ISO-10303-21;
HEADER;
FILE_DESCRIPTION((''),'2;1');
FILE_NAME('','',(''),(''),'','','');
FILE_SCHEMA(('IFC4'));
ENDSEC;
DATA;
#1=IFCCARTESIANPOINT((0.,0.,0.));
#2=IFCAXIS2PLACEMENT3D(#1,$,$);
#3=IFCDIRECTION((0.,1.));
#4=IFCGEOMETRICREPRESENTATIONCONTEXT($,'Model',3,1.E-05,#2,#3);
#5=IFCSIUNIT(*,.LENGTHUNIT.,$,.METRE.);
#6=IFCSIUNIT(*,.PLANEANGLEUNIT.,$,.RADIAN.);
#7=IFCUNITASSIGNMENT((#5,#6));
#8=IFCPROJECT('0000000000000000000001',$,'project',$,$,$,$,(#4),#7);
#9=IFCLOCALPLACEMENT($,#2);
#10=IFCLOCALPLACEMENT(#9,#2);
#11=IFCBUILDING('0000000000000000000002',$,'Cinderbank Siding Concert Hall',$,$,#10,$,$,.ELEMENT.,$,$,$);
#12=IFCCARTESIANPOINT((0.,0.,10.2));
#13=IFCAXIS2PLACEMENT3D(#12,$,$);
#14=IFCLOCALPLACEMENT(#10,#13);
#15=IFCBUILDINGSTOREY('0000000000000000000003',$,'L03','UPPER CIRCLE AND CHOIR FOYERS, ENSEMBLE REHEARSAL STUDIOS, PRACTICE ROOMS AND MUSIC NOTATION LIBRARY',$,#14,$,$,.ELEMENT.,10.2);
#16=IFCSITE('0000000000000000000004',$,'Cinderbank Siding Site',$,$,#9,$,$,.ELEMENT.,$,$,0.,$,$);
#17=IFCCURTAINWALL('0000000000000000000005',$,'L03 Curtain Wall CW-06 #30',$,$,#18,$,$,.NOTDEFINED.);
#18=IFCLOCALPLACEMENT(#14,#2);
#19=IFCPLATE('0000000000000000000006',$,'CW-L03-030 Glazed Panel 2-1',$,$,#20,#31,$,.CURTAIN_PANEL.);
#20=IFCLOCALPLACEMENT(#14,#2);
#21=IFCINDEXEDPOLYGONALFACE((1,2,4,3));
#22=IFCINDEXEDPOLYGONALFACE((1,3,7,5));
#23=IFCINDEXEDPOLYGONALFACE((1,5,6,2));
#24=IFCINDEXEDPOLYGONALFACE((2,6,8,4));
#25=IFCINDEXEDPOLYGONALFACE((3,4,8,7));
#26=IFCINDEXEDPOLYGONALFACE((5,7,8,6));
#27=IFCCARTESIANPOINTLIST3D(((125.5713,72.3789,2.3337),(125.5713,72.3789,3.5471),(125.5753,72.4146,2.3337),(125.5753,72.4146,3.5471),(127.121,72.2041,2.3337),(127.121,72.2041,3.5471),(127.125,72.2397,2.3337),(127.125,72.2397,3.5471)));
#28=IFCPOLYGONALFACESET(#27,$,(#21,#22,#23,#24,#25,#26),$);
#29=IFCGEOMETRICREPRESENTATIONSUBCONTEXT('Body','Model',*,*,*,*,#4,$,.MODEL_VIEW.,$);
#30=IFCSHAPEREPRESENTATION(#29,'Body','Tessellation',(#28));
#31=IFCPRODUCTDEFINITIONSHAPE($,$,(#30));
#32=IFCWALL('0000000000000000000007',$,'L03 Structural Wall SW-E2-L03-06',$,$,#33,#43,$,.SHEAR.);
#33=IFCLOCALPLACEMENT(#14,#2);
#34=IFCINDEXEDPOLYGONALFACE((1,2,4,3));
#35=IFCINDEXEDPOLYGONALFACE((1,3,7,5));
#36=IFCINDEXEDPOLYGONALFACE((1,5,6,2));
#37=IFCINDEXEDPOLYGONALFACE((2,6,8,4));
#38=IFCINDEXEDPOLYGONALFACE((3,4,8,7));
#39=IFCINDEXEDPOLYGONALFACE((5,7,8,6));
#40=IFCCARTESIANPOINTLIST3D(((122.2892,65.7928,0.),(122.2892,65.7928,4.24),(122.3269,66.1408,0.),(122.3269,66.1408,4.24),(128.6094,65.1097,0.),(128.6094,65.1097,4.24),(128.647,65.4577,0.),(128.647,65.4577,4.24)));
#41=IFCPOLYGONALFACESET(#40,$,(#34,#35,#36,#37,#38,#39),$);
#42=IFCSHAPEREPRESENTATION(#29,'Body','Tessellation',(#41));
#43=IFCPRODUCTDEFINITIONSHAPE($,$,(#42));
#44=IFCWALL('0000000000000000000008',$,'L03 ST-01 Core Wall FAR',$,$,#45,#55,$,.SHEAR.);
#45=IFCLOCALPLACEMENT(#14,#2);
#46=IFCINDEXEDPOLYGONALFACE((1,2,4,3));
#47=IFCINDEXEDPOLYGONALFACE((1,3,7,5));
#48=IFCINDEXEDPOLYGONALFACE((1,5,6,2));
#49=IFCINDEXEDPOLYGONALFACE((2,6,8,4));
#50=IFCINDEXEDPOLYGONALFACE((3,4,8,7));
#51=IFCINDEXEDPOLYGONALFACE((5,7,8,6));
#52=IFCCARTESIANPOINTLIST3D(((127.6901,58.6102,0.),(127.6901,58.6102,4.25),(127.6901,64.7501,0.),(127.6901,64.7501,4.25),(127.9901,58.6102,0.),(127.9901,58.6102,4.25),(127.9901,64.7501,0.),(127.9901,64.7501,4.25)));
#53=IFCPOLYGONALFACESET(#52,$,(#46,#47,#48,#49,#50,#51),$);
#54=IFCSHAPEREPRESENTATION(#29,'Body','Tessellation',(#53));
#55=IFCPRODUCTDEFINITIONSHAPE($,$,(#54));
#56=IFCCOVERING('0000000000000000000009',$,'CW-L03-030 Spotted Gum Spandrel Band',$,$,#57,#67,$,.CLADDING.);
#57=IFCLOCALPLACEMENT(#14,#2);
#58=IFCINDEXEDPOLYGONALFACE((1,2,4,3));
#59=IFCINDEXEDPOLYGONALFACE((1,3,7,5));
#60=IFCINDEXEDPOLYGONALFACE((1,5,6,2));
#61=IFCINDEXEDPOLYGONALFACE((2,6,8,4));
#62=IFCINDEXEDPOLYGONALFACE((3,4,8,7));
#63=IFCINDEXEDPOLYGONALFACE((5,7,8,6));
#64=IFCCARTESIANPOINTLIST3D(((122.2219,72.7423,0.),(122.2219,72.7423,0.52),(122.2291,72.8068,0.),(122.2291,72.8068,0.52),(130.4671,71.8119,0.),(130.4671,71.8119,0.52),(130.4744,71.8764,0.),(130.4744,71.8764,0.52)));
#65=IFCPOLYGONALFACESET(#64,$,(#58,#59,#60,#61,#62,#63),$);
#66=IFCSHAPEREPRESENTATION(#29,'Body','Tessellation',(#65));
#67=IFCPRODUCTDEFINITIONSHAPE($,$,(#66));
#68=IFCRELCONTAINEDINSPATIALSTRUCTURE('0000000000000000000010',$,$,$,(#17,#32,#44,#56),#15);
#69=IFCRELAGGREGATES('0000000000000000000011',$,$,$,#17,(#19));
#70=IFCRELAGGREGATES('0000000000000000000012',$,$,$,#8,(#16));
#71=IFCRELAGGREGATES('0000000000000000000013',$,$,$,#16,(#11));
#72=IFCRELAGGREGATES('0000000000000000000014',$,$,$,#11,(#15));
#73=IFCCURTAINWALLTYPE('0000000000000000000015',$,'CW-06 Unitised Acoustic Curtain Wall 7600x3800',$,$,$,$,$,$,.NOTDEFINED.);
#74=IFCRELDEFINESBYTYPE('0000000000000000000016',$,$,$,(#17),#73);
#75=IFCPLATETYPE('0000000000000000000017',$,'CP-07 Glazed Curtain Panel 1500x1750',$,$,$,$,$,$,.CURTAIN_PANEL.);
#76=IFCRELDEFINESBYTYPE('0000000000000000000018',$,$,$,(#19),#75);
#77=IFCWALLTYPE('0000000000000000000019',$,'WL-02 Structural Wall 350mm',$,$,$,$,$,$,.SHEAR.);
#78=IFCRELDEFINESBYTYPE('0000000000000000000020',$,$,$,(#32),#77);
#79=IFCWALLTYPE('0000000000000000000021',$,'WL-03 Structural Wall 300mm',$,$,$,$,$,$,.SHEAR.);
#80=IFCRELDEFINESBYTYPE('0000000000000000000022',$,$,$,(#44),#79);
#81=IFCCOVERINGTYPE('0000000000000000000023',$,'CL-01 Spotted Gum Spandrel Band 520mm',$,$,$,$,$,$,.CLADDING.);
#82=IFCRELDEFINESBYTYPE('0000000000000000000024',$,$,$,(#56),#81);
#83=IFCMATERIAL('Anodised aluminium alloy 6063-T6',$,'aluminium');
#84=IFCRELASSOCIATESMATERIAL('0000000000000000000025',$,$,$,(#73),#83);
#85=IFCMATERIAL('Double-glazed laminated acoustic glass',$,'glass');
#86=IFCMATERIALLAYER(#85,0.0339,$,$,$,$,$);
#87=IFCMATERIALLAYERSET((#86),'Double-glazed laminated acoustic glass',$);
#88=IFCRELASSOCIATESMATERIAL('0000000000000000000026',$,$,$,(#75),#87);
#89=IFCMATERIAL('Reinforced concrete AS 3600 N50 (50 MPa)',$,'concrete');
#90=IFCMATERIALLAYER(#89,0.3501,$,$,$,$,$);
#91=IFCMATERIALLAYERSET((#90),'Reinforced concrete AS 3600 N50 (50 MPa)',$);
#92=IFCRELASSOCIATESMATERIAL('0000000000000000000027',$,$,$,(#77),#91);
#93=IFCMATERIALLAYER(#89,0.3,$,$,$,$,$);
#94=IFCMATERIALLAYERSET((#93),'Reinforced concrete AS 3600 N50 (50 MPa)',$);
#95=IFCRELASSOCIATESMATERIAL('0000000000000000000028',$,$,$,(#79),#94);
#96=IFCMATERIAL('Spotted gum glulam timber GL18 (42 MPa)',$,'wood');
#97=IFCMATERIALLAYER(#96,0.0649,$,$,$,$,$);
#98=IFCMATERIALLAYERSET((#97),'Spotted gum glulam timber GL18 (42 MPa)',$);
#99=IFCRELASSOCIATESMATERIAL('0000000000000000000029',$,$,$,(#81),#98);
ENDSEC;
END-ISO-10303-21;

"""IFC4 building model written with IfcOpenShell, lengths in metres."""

from ifc_helpers import new_model, si_unit, direction, frame, frame_2d, origin, origin_2d, place, context, subcontext, project, spatial, rectangle, extrude, material, layer, layer_set, type_object, element, aggregate, save


model = new_model("IFC4")

# Units and contexts
model_context = context("Model", 3, precision=1e-05, world=origin(), true_north=direction((0.0, 1.0)))
body_context = subcontext(model_context, "Body", "Model", "MODEL_VIEW")
ifc_project = project(units=[si_unit("LENGTHUNIT", "METRE"), si_unit("PLANEANGLEUNIT", "RADIAN")], contexts=[model_context])

# Site, building, storey
site_placement = place(None, origin())
site = spatial("IfcSite", under=ifc_project, at=site_placement, Name="Cinderbank Siding Site", CompositionType="ELEMENT", RefElevation=0.0)
building_placement = place(site_placement, origin())
building = spatial("IfcBuilding", under=site, at=building_placement, Name="Cinderbank Siding Concert Hall", CompositionType="ELEMENT")
storey_placement = place(building_placement, frame((0.0, 0.0, 10.2)))
storey = spatial("IfcBuildingStorey", under=building, at=storey_placement, Name="L03", Description="UPPER CIRCLE AND CHOIR FOYERS, ENSEMBLE REHEARSAL STUDIOS, PRACTICE ROOMS AND MUSIC NOTATION LIBRARY", CompositionType="ELEMENT", Elevation=10.2)

# Shared definitions
ifc_material_1 = material(Name="Reinforced concrete AS 3600 N50 (50 MPa)", Category="concrete")

# Curtain wall
ifc_material_2 = material(Name="Anodised aluminium alloy 6063-T6", Category="aluminium")
curtain_wall_type_1 = type_object("IfcCurtainWallType", Name="CW-06 Unitised Acoustic Curtain Wall 7600x3800", PredefinedType="NOTDEFINED", material=ifc_material_2)
curtain_wall_1_placement = place(storey_placement, origin())
curtain_wall_1 = element("IfcCurtainWall", 1, at=curtain_wall_1_placement, inside=storey, type_object=curtain_wall_type_1, Name="L03 Curtain Wall CW-06 #30", PredefinedType="NOTDEFINED")

# Shared definitions
ifc_material_3 = material(Name="Spotted gum glulam timber GL18 (42 MPa)", Category="wood")

# Plate
ifc_material_4 = material(Name="Double-glazed laminated acoustic glass", Category="glass")
ifc_layer_1 = layer(ifc_material_4, 0.0339)
ifc_layer_set_1 = layer_set([ifc_layer_1], Name="Double-glazed laminated acoustic glass")
plate_type_1 = type_object("IfcPlateType", Name="CP-07 Glazed Curtain Panel 1500x1750", PredefinedType="CURTAIN_PANEL", material=ifc_layer_set_1)
plate_1_placement = place(storey_placement, frame((126.3481, 72.3093, 2.3337), z_axis=(0.0, 0.0, 1.0), x_axis=(-0.993694, 0.112129, 0.0)))
plate_1 = element("IfcPlate", 2, at=plate_1_placement, type_object=plate_type_1, Name="CW-L03-030 Glazed Panel 2-1", PredefinedType="CURTAIN_PANEL", context=body_context, shape_type="SweptSolid", body=[
    extrude(rectangle(XDim=1.5596, YDim=0.0359, at=origin_2d()), origin(), (0.0, 0.0, 1.0), 1.2134),
])
aggregate(curtain_wall_1, [plate_1])

# Walls
ifc_layer_2 = layer(ifc_material_1, 0.3501)
ifc_layer_set_2 = layer_set([ifc_layer_2], Name="Reinforced concrete AS 3600 N50 (50 MPa)")
wall_type_1 = type_object("IfcWallType", Name="WL-02 Structural Wall 350mm", PredefinedType="SHEAR", material=ifc_layer_set_2)
wall_1_placement = place(storey_placement, frame((128.6282, 65.2837, 0.0), z_axis=(0.0, 0.0, 1.0), x_axis=(-0.994209, 0.107459, 0.0)))
element("IfcWall", 3, at=wall_1_placement, inside=storey, type_object=wall_type_1, Name="L03 Structural Wall SW-E2-L03-06", PredefinedType="SHEAR", context=body_context, shape_type="SweptSolid", body=[
    extrude(rectangle(XDim=6.3569, YDim=0.3501, at=frame_2d((3.1785, 0.0))), origin(), (0.0, 0.0, 1.0), 4.24),
])
ifc_layer_3 = layer(ifc_material_1, 0.3)
ifc_layer_set_3 = layer_set([ifc_layer_3], Name="Reinforced concrete AS 3600 N50 (50 MPa)")
wall_type_2 = type_object("IfcWallType", Name="WL-03 Structural Wall 300mm", PredefinedType="SHEAR", material=ifc_layer_set_3)
wall_2_placement = place(storey_placement, frame((127.8401, 64.75, 0.0), z_axis=(0.0, 0.0, 1.0), x_axis=(0.0, -1.0, 0.0)))
element("IfcWall", 4, at=wall_2_placement, inside=storey, type_object=wall_type_2, Name="L03 ST-01 Core Wall FAR", PredefinedType="SHEAR", context=body_context, shape_type="SweptSolid", body=[
    extrude(rectangle(XDim=6.1399, YDim=0.3, at=frame_2d((3.0698, 0.0))), origin(), (0.0, 0.0, 1.0), 4.25),
])

# Covering
ifc_layer_4 = layer(ifc_material_3, 0.0649)
ifc_layer_set_4 = layer_set([ifc_layer_4], Name="Spotted gum glulam timber GL18 (42 MPa)")
covering_type = type_object("IfcCoveringType", Name="CL-01 Spotted Gum Spandrel Band 520mm", PredefinedType="CLADDING", material=ifc_layer_set_4)
covering_placement = place(storey_placement, frame((126.3481, 72.3093, 0.0), z_axis=(0.0, 0.0, 1.0), x_axis=(-0.993694, 0.112129, 0.0)))
element("IfcCovering", 5, at=covering_placement, inside=storey, type_object=covering_type, Name="CW-L03-030 Spotted Gum Spandrel Band", PredefinedType="CLADDING", context=body_context, shape_type="SweptSolid", body=[
    extrude(rectangle(XDim=8.2976, YDim=0.0649, at=origin_2d()), origin(), (0.0, 0.0, 1.0), 0.52),
])

save(model, "model.ifc")
